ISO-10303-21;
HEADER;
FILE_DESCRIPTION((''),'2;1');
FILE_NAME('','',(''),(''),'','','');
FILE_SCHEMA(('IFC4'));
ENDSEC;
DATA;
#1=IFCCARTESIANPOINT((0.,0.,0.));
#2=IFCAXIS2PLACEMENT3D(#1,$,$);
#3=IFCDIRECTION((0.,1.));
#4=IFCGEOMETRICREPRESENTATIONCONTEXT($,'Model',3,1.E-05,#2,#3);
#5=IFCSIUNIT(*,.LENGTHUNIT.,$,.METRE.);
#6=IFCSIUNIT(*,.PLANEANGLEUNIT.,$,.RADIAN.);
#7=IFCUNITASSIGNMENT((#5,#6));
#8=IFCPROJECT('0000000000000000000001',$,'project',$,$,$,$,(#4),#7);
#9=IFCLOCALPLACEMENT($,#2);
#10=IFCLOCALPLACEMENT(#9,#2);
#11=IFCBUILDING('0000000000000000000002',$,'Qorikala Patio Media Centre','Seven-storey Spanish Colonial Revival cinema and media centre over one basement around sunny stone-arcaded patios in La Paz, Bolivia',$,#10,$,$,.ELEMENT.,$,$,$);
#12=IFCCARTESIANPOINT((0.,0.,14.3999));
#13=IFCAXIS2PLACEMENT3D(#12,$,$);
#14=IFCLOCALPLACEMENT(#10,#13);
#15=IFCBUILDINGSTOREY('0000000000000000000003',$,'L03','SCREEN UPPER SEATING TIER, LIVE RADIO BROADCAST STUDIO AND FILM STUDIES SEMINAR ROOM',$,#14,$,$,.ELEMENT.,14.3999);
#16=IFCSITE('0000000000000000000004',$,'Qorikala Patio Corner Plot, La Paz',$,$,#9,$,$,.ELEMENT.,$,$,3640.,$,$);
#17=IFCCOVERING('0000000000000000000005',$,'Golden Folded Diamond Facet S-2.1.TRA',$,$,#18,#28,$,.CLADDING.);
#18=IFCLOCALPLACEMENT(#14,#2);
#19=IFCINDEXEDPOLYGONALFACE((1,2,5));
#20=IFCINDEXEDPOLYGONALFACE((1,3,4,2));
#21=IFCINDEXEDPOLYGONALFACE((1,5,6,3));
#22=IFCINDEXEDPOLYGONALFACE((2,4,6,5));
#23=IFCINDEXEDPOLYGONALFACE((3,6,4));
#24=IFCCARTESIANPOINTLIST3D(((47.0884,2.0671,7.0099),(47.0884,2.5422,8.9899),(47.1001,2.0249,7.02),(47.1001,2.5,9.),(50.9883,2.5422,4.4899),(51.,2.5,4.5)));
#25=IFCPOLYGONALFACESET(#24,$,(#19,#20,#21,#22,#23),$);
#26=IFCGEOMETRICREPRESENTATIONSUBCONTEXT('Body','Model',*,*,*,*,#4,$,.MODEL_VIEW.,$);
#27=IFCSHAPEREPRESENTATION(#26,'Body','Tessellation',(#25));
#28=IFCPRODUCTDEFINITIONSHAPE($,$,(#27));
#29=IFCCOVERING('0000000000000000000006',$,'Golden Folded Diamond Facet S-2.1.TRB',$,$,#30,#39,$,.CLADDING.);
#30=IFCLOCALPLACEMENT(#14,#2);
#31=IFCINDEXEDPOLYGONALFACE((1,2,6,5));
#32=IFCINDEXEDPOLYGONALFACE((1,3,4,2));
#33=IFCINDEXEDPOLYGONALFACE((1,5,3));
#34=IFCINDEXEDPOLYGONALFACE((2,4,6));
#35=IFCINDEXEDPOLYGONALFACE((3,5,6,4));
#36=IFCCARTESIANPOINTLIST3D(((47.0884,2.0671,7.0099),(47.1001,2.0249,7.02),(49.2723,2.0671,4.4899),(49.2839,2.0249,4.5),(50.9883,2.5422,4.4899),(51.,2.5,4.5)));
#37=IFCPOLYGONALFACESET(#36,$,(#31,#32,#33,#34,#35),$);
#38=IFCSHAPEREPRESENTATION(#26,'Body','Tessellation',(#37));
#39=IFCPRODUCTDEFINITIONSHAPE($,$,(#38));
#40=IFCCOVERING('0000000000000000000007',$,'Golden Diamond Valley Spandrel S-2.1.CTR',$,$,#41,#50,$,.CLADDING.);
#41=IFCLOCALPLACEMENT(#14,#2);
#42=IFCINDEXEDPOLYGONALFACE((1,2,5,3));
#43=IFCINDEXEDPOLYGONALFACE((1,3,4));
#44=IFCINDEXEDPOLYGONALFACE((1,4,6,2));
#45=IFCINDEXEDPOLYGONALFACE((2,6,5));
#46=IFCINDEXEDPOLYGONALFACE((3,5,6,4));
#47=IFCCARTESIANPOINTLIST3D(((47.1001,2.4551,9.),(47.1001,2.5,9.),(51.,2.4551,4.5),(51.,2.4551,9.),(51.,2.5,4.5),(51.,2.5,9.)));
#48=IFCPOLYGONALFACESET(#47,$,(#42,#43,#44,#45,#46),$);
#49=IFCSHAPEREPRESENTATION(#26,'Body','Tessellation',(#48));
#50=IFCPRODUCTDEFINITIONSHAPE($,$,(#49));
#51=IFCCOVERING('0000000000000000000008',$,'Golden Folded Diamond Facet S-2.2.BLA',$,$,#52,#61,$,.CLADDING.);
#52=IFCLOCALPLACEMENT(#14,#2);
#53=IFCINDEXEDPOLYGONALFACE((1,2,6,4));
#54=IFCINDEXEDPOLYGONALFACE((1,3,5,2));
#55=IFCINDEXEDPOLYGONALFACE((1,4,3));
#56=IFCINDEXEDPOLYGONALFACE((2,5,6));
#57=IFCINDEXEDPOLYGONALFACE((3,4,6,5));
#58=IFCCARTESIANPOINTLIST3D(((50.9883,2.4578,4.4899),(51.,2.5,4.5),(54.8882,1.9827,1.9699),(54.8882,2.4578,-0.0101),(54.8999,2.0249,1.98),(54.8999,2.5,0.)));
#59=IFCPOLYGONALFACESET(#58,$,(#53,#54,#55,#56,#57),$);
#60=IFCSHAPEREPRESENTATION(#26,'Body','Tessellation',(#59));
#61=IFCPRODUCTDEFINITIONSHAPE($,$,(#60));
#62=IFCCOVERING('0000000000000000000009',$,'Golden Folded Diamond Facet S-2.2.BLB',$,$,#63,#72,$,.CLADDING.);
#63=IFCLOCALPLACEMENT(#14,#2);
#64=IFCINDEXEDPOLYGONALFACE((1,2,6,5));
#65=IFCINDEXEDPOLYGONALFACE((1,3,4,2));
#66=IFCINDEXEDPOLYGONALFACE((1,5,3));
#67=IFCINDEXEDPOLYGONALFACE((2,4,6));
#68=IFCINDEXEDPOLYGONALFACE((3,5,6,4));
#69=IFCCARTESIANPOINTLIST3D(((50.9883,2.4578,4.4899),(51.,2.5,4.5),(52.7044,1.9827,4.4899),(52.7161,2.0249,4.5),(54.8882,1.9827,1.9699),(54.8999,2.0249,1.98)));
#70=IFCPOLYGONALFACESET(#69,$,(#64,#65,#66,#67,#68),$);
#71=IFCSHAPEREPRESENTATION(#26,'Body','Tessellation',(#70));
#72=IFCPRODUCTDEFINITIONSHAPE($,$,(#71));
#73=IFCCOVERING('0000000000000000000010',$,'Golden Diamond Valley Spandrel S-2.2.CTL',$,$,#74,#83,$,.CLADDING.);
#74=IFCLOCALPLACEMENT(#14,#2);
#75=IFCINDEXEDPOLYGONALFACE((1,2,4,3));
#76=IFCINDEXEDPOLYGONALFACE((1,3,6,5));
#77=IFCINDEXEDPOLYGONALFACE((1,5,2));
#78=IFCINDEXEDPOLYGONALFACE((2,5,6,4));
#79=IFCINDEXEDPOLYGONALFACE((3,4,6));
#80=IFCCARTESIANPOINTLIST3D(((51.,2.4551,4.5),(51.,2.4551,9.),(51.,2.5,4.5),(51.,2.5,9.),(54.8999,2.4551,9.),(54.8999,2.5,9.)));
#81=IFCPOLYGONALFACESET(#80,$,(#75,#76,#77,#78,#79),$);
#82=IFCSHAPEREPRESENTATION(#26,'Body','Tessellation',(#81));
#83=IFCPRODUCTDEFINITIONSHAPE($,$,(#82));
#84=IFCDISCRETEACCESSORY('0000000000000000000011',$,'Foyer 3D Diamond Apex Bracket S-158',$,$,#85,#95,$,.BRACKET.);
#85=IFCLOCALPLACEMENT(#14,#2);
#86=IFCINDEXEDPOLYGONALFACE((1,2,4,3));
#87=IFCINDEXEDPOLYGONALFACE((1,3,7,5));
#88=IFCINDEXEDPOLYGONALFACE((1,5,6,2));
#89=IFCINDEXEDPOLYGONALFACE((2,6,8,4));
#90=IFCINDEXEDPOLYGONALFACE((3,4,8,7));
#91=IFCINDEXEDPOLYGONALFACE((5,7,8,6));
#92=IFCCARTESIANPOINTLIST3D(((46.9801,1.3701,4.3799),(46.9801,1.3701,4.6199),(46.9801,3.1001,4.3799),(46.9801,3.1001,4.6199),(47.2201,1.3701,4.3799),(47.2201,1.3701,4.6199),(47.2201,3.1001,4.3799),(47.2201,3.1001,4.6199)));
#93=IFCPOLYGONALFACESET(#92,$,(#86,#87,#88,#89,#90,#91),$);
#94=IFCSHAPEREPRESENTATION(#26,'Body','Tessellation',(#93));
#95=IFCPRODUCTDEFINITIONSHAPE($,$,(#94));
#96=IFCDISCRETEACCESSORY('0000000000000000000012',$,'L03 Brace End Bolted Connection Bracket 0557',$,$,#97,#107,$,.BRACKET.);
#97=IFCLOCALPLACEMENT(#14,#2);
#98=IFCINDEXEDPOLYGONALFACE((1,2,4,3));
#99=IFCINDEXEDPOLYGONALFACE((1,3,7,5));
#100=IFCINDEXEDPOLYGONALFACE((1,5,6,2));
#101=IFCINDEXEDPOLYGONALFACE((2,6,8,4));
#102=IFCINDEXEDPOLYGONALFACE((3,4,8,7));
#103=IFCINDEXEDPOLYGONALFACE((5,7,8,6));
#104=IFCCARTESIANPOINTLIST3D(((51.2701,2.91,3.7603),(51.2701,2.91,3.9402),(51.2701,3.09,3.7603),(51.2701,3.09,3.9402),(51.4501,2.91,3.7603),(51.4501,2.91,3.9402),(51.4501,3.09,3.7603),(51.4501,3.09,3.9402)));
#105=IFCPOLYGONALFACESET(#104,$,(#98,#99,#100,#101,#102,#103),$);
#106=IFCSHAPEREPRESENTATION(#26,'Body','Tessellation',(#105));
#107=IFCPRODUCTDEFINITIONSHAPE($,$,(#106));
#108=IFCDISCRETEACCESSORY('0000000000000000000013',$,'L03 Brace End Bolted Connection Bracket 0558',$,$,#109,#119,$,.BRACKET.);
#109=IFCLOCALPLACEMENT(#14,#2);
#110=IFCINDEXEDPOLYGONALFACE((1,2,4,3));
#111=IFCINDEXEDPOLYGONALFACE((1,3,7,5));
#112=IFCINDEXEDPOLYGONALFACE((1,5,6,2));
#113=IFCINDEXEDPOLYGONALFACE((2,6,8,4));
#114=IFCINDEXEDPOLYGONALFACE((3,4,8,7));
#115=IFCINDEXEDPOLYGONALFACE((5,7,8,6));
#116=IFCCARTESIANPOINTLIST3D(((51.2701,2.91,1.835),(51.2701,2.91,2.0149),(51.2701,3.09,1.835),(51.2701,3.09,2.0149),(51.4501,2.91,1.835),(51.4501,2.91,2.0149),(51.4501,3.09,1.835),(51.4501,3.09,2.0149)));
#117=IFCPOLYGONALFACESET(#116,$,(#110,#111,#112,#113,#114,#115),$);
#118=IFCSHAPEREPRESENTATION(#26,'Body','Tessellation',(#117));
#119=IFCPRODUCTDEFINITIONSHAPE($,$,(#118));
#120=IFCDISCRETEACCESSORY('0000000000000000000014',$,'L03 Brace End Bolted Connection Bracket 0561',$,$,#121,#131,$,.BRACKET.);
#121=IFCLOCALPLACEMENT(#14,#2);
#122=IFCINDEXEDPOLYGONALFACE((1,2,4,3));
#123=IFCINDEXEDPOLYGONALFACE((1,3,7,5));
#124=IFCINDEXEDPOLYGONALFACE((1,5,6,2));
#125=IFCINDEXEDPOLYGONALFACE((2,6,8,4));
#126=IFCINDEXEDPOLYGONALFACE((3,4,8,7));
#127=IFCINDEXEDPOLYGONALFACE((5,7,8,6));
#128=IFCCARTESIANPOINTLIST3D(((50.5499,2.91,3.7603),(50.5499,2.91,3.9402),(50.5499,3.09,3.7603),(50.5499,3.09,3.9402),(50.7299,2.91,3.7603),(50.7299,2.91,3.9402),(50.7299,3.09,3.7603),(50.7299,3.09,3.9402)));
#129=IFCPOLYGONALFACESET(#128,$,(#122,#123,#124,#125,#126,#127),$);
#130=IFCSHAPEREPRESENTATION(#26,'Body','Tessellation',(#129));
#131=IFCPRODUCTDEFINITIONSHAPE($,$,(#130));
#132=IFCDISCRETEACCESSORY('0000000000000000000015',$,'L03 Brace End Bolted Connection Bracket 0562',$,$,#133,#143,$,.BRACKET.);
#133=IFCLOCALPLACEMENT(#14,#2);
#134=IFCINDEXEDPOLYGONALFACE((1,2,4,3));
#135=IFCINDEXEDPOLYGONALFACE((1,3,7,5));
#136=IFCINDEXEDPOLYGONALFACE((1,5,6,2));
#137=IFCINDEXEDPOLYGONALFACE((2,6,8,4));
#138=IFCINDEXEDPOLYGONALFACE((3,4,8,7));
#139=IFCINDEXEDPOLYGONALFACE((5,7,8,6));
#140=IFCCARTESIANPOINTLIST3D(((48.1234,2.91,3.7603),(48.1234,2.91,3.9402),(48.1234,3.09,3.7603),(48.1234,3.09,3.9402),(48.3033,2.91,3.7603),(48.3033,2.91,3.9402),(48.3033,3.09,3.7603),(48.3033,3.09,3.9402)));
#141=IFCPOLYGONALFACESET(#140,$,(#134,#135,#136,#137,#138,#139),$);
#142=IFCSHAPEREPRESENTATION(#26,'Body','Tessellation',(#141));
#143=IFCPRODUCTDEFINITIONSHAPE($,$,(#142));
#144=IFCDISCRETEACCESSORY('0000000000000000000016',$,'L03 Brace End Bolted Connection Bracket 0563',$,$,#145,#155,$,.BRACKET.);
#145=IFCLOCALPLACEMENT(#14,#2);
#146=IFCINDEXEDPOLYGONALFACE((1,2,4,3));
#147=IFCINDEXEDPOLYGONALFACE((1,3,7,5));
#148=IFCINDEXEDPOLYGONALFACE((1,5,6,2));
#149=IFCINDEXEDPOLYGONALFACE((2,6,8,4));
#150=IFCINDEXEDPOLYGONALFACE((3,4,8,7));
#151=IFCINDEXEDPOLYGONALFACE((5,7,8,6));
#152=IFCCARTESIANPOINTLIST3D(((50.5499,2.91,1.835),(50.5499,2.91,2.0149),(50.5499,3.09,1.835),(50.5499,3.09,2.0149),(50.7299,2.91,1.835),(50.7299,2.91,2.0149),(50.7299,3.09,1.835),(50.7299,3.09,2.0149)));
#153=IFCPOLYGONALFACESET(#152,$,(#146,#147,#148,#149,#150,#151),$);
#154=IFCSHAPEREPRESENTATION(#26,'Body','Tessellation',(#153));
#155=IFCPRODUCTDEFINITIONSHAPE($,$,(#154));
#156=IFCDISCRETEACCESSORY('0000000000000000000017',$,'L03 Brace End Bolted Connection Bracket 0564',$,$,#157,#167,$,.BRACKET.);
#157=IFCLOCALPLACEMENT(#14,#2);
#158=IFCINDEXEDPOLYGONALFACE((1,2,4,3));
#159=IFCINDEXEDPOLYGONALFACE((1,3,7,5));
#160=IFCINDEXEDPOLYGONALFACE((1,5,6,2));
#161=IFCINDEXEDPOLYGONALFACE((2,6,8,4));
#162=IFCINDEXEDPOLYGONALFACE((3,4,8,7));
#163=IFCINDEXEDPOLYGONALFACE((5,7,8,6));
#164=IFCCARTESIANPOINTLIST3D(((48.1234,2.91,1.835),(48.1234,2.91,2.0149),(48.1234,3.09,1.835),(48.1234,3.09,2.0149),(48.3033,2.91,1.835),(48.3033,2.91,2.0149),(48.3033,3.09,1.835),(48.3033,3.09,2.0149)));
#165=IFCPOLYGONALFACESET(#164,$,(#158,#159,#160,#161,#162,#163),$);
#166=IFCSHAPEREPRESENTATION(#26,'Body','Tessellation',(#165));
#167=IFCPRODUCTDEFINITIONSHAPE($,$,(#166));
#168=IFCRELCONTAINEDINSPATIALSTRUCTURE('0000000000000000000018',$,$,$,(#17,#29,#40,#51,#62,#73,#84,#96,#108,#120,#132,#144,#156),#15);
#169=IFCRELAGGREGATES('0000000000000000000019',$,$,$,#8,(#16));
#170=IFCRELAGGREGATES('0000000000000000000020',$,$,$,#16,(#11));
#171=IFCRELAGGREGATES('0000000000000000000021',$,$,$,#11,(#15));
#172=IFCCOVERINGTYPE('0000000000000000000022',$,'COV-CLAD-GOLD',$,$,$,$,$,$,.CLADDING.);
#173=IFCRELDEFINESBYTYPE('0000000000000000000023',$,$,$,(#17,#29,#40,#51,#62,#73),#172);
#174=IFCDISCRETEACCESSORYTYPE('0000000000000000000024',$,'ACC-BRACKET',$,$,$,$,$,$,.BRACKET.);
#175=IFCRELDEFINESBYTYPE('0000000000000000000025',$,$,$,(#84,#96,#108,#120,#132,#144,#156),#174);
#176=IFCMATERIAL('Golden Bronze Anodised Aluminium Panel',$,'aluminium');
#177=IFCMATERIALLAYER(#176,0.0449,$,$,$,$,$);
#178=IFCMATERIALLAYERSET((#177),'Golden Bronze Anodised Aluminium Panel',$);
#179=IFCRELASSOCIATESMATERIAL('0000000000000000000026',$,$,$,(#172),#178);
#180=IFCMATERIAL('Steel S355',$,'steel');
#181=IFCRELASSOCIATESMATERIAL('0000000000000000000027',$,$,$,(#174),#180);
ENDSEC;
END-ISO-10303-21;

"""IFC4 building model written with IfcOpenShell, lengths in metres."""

from ifc_helpers import new_model, si_unit, direction, frame, origin, origin_2d, place, context, subcontext, project, spatial, polyline, rectangle, outline, extrude, material, layer, layer_set, type_object, element, save


model = new_model("IFC4")

# Units and contexts
model_context = context("Model", 3, precision=1e-05, world=origin(), true_north=direction((0.0, 1.0)))
body_context = subcontext(model_context, "Body", "Model", "MODEL_VIEW")
ifc_project = project(units=[si_unit("LENGTHUNIT", "METRE"), si_unit("PLANEANGLEUNIT", "RADIAN")], contexts=[model_context])

# Site, building, storey
site_placement = place(None, origin())
site = spatial("IfcSite", under=ifc_project, at=site_placement, Name="Qorikala Patio Corner Plot, La Paz", CompositionType="ELEMENT", RefElevation=3640.0)
building_placement = place(site_placement, origin())
building = spatial("IfcBuilding", under=site, at=building_placement, Name="Qorikala Patio Media Centre", Description="Seven-storey Spanish Colonial Revival cinema and media centre over one basement around sunny stone-arcaded patios in La Paz, Bolivia", CompositionType="ELEMENT")
storey_placement = place(building_placement, frame((0.0, 0.0, 14.3999)))
storey = spatial("IfcBuildingStorey", under=building, at=storey_placement, Name="L03", Description="SCREEN UPPER SEATING TIER, LIVE RADIO BROADCAST STUDIO AND FILM STUDIES SEMINAR ROOM", CompositionType="ELEMENT", Elevation=14.3999)

# Coverings
ifc_material_1 = material(Name="Golden Bronze Anodised Aluminium Panel", Category="aluminium")
ifc_layer_1 = layer(ifc_material_1, 0.0449)
ifc_layer_set_1 = layer_set([ifc_layer_1], Name="Golden Bronze Anodised Aluminium Panel")
covering_type = type_object("IfcCoveringType", Name="COV-CLAD-GOLD", PredefinedType="CLADDING", material=ifc_layer_set_1)
covering_1_placement = place(storey_placement, frame((51.0, 2.5, 4.5), z_axis=(0.259974, -0.938963, 0.225305), x_axis=(-0.654921, 0.0, 0.755697)))
element("IfcCovering", 1, at=covering_1_placement, inside=storey, type_object=covering_type, Name="Golden Folded Diamond Facet S-2.1.TRA", PredefinedType="CLADDING", context=body_context, shape_type="SweptSolid", body=[
    extrude(outline(polyline([(0.0, 0.0), (5.9548, 0.0), (4.4585, 1.381), (0.0, 0.0)])), origin(), (0.0, 0.0, -1.0), 0.0449),
])
covering_2_placement = place(storey_placement, frame((51.0, 2.5, 4.5), z_axis=(0.259958, -0.938974, 0.225278), x_axis=(-0.835546, -0.101789, 0.539909)))
element("IfcCovering", 2, at=covering_2_placement, inside=storey, type_object=covering_type, Name="Golden Folded Diamond Facet S-2.1.TRB", PredefinedType="CLADDING", context=body_context, shape_type="SweptSolid", body=[
    extrude(outline(polyline([(0.0, 0.0), (4.6675, 0.0), (1.4822, 0.9867), (0.0, 0.0)])), origin(), (0.0, 0.0, -1.0), 0.0449),
])
covering_3_placement = place(storey_placement, frame((51.0, 2.5, 9.0), z_axis=(0.0, 1.0, 0.0), x_axis=(0.0, 0.0, -1.0)))
element("IfcCovering", 3, at=covering_3_placement, inside=storey, type_object=covering_type, Name="Golden Diamond Valley Spandrel S-2.1.CTR", PredefinedType="CLADDING", context=body_context, shape_type="SweptSolid", body=[
    extrude(outline(polyline([(0.0, 0.0), (4.5, 0.0), (0.0, 3.8999), (0.0, 0.0)])), origin(), (0.0, 0.0, -1.0), 0.0449),
])
covering_4_placement = place(storey_placement, frame((51.0, 2.5, 4.5), z_axis=(0.259974, 0.938963, 0.225305), x_axis=(0.654921, 0.0, -0.755697)))
element("IfcCovering", 4, at=covering_4_placement, inside=storey, type_object=covering_type, Name="Golden Folded Diamond Facet S-2.2.BLA", PredefinedType="CLADDING", context=body_context, shape_type="SweptSolid", body=[
    extrude(outline(polyline([(0.0, 0.0), (5.9548, 0.0), (4.4585, -1.381), (0.0, 0.0)])), origin(), (0.0, 0.0, -1.0), 0.0449),
])
covering_5_placement = place(storey_placement, frame((51.0, 2.5, 4.5), z_axis=(0.259958, 0.938974, 0.225278), x_axis=(0.835546, -0.101789, -0.539909)))
element("IfcCovering", 5, at=covering_5_placement, inside=storey, type_object=covering_type, Name="Golden Folded Diamond Facet S-2.2.BLB", PredefinedType="CLADDING", context=body_context, shape_type="SweptSolid", body=[
    extrude(outline(polyline([(0.0, 0.0), (4.6675, 0.0), (1.4822, -0.9867), (0.0, 0.0)])), origin(), (0.0, 0.0, -1.0), 0.0449),
])
covering_6_placement = place(storey_placement, frame((51.0, 2.5, 9.0), z_axis=(0.0, 1.0, 0.0), x_axis=(1.0, 0.0, 0.0)))
element("IfcCovering", 6, at=covering_6_placement, inside=storey, type_object=covering_type, Name="Golden Diamond Valley Spandrel S-2.2.CTL", PredefinedType="CLADDING", context=body_context, shape_type="SweptSolid", body=[
    extrude(outline(polyline([(0.0, 0.0), (3.8999, 0.0), (0.0, 4.5), (0.0, 0.0)])), origin(), (0.0, 0.0, -1.0), 0.0449),
])

# Discrete accessories
ifc_material_2 = material(Name="Steel S355", Category="steel")
discrete_accessory_type = type_object("IfcDiscreteAccessoryType", Name="ACC-BRACKET", PredefinedType="BRACKET", material=ifc_material_2)
discrete_accessory_placement = place(storey_placement, frame((47.1001, 2.2351, 4.3799), z_axis=(0.0, 0.0, 1.0), x_axis=(1.0, 0.0, 0.0)))
element("IfcDiscreteAccessory", 7, at=discrete_accessory_placement, inside=storey, type_object=discrete_accessory_type, Name="Foyer 3D Diamond Apex Bracket S-158", PredefinedType="BRACKET", context=body_context, shape_type="SweptSolid", body=[
    extrude(rectangle(XDim=0.24, YDim=1.73, at=origin_2d()), origin(), (0.0, 0.0, 1.0), 0.24),
])
for number, where, z_axis, x_axis, name in (
    (8, (51.3601, 3.0, 3.7603), (0.0, 0.0, 1.0), (1.0, 0.0, 0.0), "L03 Brace End Bolted Connection Bracket 0557"),
    (9, (51.3601, 3.0, 1.835), (0.0, 0.0, 1.0), (1.0, 0.0, 0.0), "L03 Brace End Bolted Connection Bracket 0558"),
    (10, (50.6399, 3.0, 3.7603), (0.0, 0.0, 1.0), (1.0, 0.0, 0.0), "L03 Brace End Bolted Connection Bracket 0561"),
    (11, (48.2134, 3.0, 3.7603), (0.0, 0.0, 1.0), (1.0, 0.0, 0.0), "L03 Brace End Bolted Connection Bracket 0562"),
    (12, (50.6399, 3.0, 1.835), (0.0, 0.0, 1.0), (1.0, 0.0, 0.0), "L03 Brace End Bolted Connection Bracket 0563"),
    (13, (48.2134, 3.0, 1.835), (0.0, 0.0, 1.0), (1.0, 0.0, 0.0), "L03 Brace End Bolted Connection Bracket 0564"),
):
    element("IfcDiscreteAccessory", number, at=place(storey_placement, frame(where, z_axis=z_axis, x_axis=x_axis)), inside=storey, type_object=discrete_accessory_type, Name=name, PredefinedType="BRACKET", context=body_context, shape_type="SweptSolid", body=[
        extrude(rectangle(XDim=0.1799, YDim=0.1799, at=origin_2d()), origin(), (0.0, 0.0, 1.0), 0.1799),
    ])

save(model, "model.ifc")
